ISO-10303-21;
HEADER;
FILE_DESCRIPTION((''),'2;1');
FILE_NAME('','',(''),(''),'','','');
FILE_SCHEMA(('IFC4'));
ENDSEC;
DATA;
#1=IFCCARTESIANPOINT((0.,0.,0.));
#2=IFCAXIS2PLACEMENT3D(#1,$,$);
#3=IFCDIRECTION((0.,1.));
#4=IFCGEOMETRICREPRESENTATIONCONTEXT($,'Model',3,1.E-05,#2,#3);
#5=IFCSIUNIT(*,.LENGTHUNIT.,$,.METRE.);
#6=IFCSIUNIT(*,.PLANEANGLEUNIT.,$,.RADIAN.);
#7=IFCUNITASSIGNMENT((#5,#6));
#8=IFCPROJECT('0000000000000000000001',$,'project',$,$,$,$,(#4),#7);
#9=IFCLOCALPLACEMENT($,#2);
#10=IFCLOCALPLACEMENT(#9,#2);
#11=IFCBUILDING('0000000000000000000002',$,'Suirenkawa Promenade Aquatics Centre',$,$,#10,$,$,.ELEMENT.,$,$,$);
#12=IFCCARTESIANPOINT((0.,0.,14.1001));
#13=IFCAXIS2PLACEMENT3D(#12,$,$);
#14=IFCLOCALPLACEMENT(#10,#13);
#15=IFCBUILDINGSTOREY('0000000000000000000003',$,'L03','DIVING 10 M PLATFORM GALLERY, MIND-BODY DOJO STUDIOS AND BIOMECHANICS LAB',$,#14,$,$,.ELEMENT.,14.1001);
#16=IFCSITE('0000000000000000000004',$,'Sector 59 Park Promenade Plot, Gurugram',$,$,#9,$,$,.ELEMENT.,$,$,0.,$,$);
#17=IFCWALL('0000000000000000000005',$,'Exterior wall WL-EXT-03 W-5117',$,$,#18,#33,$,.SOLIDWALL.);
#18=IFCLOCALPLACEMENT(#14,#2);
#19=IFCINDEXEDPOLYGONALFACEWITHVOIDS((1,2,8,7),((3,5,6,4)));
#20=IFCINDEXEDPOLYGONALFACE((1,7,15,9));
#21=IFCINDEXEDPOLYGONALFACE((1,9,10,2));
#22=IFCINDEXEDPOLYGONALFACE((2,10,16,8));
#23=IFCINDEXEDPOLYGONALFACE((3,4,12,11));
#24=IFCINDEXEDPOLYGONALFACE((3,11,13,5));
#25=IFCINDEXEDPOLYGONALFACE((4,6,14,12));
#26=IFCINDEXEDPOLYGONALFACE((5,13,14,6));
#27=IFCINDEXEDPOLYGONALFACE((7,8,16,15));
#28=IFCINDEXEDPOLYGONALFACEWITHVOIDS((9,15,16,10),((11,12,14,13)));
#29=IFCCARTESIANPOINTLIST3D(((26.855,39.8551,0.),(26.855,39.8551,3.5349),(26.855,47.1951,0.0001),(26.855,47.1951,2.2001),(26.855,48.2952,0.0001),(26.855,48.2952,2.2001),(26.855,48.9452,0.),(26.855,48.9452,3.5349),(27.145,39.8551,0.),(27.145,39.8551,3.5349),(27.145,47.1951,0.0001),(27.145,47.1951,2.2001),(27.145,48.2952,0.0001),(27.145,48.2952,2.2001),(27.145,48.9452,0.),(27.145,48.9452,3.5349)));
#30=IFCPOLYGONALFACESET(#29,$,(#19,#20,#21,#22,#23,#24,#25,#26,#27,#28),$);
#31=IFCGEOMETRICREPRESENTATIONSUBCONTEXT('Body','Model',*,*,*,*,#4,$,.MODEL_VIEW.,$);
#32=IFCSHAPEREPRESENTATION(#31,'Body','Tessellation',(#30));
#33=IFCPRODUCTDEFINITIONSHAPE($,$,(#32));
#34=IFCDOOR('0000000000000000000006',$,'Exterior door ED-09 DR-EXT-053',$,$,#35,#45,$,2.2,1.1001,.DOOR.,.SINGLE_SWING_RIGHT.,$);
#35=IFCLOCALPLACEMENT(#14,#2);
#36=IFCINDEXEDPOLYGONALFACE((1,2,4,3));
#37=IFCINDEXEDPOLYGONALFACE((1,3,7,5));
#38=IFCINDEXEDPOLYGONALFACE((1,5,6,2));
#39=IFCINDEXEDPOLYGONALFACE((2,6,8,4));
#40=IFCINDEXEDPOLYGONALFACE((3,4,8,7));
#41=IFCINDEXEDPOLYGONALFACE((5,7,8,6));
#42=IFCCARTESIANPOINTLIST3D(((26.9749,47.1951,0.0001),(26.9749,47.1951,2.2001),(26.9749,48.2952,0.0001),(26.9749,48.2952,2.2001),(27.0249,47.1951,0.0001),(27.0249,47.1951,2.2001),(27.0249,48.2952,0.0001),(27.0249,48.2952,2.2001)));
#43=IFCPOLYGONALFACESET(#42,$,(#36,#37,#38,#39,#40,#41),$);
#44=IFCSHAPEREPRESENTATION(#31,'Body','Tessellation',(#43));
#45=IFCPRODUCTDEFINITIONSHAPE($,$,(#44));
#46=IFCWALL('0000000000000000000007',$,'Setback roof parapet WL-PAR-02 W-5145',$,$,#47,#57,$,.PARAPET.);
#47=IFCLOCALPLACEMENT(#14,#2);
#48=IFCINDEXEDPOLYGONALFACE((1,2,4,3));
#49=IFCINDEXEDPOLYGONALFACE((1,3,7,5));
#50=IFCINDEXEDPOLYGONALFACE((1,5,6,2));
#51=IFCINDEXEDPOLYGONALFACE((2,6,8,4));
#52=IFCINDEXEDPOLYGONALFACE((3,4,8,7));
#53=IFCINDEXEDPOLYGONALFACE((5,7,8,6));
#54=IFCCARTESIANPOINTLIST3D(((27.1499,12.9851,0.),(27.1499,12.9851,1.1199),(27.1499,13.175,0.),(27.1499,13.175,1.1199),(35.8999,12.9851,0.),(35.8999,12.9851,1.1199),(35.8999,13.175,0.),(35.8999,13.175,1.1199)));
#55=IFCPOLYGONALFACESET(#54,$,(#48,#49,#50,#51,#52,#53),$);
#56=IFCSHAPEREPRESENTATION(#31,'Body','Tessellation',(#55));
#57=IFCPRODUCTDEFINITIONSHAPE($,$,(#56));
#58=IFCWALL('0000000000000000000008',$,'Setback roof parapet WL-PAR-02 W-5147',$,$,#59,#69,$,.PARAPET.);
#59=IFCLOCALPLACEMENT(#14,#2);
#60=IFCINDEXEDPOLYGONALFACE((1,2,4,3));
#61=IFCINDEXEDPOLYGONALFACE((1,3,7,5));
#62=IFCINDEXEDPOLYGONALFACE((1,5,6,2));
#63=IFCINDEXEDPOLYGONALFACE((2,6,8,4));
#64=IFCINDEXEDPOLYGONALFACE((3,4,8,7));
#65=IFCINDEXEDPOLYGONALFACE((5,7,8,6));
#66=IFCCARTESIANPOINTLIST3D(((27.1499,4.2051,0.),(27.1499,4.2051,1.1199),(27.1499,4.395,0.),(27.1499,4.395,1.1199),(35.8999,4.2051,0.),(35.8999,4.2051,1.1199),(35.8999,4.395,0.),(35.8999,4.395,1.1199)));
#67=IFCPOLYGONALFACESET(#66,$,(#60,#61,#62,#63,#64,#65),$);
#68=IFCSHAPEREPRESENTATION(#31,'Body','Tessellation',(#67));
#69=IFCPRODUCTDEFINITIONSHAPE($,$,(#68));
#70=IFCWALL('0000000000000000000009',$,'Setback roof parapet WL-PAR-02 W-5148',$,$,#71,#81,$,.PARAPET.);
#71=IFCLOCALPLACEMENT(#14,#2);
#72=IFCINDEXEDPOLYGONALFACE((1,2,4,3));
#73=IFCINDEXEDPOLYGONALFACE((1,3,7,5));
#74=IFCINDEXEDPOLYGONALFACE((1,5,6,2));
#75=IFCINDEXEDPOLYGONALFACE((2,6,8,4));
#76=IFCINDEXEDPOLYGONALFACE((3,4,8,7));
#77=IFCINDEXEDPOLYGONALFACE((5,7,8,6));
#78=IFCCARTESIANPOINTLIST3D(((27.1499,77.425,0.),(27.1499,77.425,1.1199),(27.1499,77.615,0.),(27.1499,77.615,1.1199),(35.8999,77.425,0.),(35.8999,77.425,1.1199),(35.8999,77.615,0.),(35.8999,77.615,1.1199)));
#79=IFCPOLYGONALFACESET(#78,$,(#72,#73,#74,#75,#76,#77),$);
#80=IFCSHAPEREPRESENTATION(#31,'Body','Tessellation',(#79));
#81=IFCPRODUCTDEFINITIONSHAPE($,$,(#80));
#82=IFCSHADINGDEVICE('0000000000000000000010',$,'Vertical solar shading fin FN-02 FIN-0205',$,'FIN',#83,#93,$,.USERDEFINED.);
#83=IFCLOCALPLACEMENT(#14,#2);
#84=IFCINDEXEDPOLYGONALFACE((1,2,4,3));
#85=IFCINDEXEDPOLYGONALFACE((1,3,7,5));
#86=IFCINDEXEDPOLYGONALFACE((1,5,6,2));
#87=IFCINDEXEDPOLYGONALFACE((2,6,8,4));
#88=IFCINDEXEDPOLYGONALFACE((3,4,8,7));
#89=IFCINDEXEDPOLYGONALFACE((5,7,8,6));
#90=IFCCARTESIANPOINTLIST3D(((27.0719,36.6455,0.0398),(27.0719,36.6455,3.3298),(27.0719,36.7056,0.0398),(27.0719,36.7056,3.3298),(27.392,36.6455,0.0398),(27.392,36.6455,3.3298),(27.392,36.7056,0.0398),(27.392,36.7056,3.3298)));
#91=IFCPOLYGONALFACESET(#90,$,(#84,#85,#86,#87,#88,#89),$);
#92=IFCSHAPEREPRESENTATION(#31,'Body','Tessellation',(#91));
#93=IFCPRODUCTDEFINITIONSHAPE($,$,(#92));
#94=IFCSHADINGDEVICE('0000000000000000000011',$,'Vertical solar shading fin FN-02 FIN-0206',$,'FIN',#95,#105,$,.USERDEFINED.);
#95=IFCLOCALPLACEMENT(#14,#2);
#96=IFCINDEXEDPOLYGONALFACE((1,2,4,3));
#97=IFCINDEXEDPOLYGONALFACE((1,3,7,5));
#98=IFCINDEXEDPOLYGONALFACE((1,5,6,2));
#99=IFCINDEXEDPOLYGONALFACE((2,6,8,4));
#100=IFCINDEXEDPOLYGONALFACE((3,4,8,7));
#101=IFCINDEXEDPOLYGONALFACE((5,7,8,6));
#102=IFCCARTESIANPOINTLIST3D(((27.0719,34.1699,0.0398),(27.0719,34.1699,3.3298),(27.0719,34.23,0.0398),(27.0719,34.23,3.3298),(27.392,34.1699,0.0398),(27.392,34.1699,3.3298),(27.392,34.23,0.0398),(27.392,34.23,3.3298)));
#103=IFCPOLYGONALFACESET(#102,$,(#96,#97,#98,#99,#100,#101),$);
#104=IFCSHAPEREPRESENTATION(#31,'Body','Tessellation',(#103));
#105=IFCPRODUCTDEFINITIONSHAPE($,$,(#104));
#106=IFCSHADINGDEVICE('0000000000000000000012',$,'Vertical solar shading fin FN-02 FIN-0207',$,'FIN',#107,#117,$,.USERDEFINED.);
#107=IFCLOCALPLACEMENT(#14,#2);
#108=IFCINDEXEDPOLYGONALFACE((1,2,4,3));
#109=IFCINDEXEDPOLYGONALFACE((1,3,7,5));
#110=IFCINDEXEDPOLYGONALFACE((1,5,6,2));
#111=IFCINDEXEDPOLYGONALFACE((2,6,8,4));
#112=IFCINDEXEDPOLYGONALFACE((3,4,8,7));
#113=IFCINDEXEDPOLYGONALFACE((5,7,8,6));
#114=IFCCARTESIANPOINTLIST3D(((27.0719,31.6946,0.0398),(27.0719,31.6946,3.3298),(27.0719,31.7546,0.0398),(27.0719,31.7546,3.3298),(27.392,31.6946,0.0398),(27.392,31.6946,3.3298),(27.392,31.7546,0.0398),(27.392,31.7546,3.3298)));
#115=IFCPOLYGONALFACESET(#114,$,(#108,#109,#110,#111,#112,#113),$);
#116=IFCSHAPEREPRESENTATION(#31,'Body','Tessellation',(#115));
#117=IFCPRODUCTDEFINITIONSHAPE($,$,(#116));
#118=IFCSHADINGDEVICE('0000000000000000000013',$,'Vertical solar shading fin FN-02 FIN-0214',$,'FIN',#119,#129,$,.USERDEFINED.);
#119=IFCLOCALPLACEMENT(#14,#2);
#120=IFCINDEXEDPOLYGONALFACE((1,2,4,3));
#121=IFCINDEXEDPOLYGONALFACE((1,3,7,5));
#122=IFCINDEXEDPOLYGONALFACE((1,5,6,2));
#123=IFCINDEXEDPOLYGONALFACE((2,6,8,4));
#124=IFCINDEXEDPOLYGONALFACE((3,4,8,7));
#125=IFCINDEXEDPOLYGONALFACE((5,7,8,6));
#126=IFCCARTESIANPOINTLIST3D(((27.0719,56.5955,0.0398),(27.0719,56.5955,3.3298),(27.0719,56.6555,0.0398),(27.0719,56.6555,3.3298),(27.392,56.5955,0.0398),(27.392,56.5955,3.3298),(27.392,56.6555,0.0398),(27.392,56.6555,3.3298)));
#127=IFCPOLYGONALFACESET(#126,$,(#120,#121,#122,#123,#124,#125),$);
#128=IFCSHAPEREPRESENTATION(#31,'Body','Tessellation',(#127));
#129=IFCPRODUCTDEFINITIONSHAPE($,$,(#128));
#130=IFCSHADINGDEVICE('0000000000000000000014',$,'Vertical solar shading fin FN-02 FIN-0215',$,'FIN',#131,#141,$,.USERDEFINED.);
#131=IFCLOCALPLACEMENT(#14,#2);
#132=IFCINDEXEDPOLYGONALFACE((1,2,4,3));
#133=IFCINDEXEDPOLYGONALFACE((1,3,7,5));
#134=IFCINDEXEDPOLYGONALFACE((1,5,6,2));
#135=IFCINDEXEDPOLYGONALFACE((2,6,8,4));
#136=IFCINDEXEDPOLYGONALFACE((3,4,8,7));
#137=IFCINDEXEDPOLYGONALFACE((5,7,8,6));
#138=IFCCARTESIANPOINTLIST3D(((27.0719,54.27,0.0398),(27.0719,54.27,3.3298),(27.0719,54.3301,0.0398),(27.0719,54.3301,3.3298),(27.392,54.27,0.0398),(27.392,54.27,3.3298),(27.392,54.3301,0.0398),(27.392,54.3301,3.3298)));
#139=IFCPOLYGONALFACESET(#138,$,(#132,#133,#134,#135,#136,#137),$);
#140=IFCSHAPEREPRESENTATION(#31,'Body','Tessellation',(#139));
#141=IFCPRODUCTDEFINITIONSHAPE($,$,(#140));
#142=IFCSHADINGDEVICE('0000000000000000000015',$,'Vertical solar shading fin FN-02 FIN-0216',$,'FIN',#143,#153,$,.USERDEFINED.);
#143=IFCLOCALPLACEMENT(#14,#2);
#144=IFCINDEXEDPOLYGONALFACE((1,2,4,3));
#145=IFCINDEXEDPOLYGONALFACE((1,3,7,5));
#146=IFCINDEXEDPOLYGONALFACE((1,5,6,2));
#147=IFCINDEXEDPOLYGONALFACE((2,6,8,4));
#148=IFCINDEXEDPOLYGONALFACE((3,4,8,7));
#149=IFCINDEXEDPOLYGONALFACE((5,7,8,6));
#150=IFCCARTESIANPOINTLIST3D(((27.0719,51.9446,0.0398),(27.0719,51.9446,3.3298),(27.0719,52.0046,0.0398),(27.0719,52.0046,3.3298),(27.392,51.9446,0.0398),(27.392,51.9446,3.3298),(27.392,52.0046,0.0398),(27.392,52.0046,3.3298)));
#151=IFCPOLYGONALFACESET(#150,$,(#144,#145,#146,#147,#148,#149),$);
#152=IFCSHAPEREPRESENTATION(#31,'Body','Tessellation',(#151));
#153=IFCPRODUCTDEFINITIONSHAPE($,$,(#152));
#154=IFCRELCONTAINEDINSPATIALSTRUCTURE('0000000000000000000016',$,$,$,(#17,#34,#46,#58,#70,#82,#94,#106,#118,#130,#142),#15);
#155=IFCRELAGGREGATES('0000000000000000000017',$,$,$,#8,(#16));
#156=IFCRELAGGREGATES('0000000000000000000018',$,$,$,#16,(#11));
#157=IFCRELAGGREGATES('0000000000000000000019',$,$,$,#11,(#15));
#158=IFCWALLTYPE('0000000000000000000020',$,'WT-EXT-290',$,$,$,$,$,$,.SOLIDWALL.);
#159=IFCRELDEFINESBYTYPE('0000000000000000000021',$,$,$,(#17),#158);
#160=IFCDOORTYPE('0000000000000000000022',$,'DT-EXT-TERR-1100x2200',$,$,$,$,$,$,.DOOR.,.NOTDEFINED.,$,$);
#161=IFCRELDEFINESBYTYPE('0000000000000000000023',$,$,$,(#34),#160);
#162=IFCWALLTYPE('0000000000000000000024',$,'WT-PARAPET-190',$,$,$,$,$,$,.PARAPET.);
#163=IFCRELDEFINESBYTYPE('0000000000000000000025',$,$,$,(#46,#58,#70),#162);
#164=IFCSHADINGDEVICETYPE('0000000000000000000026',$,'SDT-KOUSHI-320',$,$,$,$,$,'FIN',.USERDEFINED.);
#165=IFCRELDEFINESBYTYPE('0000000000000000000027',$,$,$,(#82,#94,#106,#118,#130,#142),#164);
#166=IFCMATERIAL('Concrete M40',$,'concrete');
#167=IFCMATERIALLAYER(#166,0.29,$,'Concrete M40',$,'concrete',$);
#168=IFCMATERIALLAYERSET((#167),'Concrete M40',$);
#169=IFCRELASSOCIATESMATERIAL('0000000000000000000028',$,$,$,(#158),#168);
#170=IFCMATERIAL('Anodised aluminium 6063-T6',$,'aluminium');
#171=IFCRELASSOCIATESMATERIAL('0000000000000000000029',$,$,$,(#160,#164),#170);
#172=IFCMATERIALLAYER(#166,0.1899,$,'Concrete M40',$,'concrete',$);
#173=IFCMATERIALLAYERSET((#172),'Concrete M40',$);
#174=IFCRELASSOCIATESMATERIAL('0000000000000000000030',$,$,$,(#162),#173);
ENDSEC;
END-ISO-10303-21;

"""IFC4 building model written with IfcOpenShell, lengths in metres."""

from ifc_helpers import new_model, si_unit, direction, frame, frame_2d, origin, origin_2d, place, context, subcontext, project, spatial, rectangle, extrude, material, layer, layer_set, type_object, element, fill, save


model = new_model("IFC4")

# Units and contexts
model_context = context("Model", 3, precision=1e-05, world=origin(), true_north=direction((0.0, 1.0)))
body_context = subcontext(model_context, "Body", "Model", "MODEL_VIEW")
ifc_project = project(units=[si_unit("LENGTHUNIT", "METRE"), si_unit("PLANEANGLEUNIT", "RADIAN")], contexts=[model_context])

# Site, building, storey
site_placement = place(None, origin())
site = spatial("IfcSite", under=ifc_project, at=site_placement, Name="Sector 59 Park Promenade Plot, Gurugram", CompositionType="ELEMENT", RefElevation=0.0)
building_placement = place(site_placement, origin())
building = spatial("IfcBuilding", under=site, at=building_placement, Name="Suirenkawa Promenade Aquatics Centre", CompositionType="ELEMENT")
storey_placement = place(building_placement, frame((0.0, 0.0, 14.1001)))
storey = spatial("IfcBuildingStorey", under=building, at=storey_placement, Name="L03", Description="DIVING 10 M PLATFORM GALLERY, MIND-BODY DOJO STUDIOS AND BIOMECHANICS LAB", CompositionType="ELEMENT", Elevation=14.1001)

# Shared definitions
ifc_material_1 = material(Name="Anodised aluminium 6063-T6", Category="aluminium")

# Shared definitions
ifc_material_2 = material(Name="Concrete M40", Category="concrete")
ifc_layer_1 = layer(ifc_material_2, 0.29, Name="Concrete M40", Category="concrete")
ifc_layer_set_1 = layer_set([ifc_layer_1], Name="Concrete M40")
wall_type_1 = type_object("IfcWallType", Name="WT-EXT-290", PredefinedType="SOLIDWALL", material=ifc_layer_set_1)

# Wall, opening, door
wall_1_placement = place(storey_placement, frame((27.0, 48.9451, 0.0), z_axis=(0.0, 0.0, 1.0), x_axis=(0.0, -1.0, 0.0)))
wall_1 = element("IfcWall", 1, at=wall_1_placement, inside=storey, type_object=wall_type_1, Name="Exterior wall WL-EXT-03 W-5117", PredefinedType="SOLIDWALL", context=body_context, shape_type="SweptSolid", body=[
    extrude(rectangle(XDim=9.0901, YDim=0.29, at=frame_2d((4.5449, 0.0))), origin(), (0.0, 0.0, 1.0), 3.5349),
])
opening_1_placement = place(wall_1_placement, frame((0.6499, 0.0, 0.0)))
opening_1 = element("IfcOpeningElement", 2, at=opening_1_placement, cuts=wall_1, PredefinedType="OPENING", context=body_context, shape_type="SweptSolid", body=[
    extrude(rectangle(XDim=1.1001, YDim=2.2, at=frame_2d((0.55, 1.1001))), frame((0.0, 0.155, 0.0), z_axis=(0.0, -1.0, 0.0), x_axis=(1.0, 0.0, 0.0)), (0.0, 0.0, 1.0), 0.3101),
])
door_type_1 = type_object("IfcDoorType", Name="DT-EXT-TERR-1100x2200", OperationType="NOTDEFINED", PredefinedType="DOOR", material=ifc_material_1)
door_1_placement = place(opening_1_placement, origin())
door_1 = element("IfcDoor", 3, at=door_1_placement, inside=storey, type_object=door_type_1, Name="Exterior door ED-09 DR-EXT-053", OperationType="SINGLE_SWING_RIGHT", OverallHeight=2.2, OverallWidth=1.1001, PredefinedType="DOOR", context=body_context, shape_type="SweptSolid", body=[
    extrude(rectangle(XDim=1.1001, YDim=2.2, at=frame_2d((0.55, 1.1001))), frame((0.0, 0.0249, 0.0), z_axis=(0.0, -1.0, 0.0), x_axis=(1.0, 0.0, 0.0)), (0.0, 0.0, 1.0), 0.05),
])
fill(opening_1, door_1)

# Walls
ifc_layer_2 = layer(ifc_material_2, 0.1899, Name="Concrete M40", Category="concrete")
ifc_layer_set_2 = layer_set([ifc_layer_2], Name="Concrete M40")
wall_type_2 = type_object("IfcWallType", Name="WT-PARAPET-190", PredefinedType="PARAPET", material=ifc_layer_set_2)
for number, where, z_axis, x_axis, name in (
    (4, (27.1499, 13.0801, 0.0), (0.0, 0.0, 1.0), (1.0, 0.0, 0.0), "Setback roof parapet WL-PAR-02 W-5145"),
    (5, (27.1499, 4.3, 0.0), (0.0, 0.0, 1.0), (1.0, 0.0, 0.0), "Setback roof parapet WL-PAR-02 W-5147"),
    (6, (27.1499, 77.52, 0.0), (0.0, 0.0, 1.0), (1.0, 0.0, 0.0), "Setback roof parapet WL-PAR-02 W-5148"),
):
    element("IfcWall", number, at=place(storey_placement, frame(where, z_axis=z_axis, x_axis=x_axis)), inside=storey, type_object=wall_type_2, Name=name, PredefinedType="PARAPET", context=body_context, shape_type="SweptSolid", body=[
        extrude(rectangle(XDim=8.75, YDim=0.1899, at=frame_2d((4.375, 0.0))), origin(), (0.0, 0.0, 1.0), 1.1199),
    ])

# Shading devices
shading_device_type = type_object("IfcShadingDeviceType", Name="SDT-KOUSHI-320", ElementType="FIN", PredefinedType="USERDEFINED", material=ifc_material_1)
for number, where, z_axis, x_axis, name in (
    (7, (27.2319, 36.6755, 0.0398), (0.0, 0.0, 1.0), (1.0, 0.0, 0.0), "Vertical solar shading fin FN-02 FIN-0205"),
    (8, (27.2319, 34.2, 0.0398), (0.0, 0.0, 1.0), (1.0, 0.0, 0.0), "Vertical solar shading fin FN-02 FIN-0206"),
    (9, (27.2319, 31.7246, 0.0398), (0.0, 0.0, 1.0), (1.0, 0.0, 0.0), "Vertical solar shading fin FN-02 FIN-0207"),
    (10, (27.2319, 56.6255, 0.0398), (0.0, 0.0, 1.0), (1.0, 0.0, 0.0), "Vertical solar shading fin FN-02 FIN-0214"),
    (11, (27.2319, 54.3, 0.0398), (0.0, 0.0, 1.0), (1.0, 0.0, 0.0), "Vertical solar shading fin FN-02 FIN-0215"),
    (12, (27.2319, 51.9746, 0.0398), (0.0, 0.0, 1.0), (1.0, 0.0, 0.0), "Vertical solar shading fin FN-02 FIN-0216"),
):
    element("IfcShadingDevice", number, at=place(storey_placement, frame(where, z_axis=z_axis, x_axis=x_axis)), inside=storey, type_object=shading_device_type, Name=name, ObjectType="FIN", PredefinedType="USERDEFINED", context=body_context, shape_type="SweptSolid", body=[
        extrude(rectangle(XDim=0.3201, YDim=0.0601, at=origin_2d()), origin(), (0.0, 0.0, 1.0), 3.29),
    ])

save(model, "model.ifc")
